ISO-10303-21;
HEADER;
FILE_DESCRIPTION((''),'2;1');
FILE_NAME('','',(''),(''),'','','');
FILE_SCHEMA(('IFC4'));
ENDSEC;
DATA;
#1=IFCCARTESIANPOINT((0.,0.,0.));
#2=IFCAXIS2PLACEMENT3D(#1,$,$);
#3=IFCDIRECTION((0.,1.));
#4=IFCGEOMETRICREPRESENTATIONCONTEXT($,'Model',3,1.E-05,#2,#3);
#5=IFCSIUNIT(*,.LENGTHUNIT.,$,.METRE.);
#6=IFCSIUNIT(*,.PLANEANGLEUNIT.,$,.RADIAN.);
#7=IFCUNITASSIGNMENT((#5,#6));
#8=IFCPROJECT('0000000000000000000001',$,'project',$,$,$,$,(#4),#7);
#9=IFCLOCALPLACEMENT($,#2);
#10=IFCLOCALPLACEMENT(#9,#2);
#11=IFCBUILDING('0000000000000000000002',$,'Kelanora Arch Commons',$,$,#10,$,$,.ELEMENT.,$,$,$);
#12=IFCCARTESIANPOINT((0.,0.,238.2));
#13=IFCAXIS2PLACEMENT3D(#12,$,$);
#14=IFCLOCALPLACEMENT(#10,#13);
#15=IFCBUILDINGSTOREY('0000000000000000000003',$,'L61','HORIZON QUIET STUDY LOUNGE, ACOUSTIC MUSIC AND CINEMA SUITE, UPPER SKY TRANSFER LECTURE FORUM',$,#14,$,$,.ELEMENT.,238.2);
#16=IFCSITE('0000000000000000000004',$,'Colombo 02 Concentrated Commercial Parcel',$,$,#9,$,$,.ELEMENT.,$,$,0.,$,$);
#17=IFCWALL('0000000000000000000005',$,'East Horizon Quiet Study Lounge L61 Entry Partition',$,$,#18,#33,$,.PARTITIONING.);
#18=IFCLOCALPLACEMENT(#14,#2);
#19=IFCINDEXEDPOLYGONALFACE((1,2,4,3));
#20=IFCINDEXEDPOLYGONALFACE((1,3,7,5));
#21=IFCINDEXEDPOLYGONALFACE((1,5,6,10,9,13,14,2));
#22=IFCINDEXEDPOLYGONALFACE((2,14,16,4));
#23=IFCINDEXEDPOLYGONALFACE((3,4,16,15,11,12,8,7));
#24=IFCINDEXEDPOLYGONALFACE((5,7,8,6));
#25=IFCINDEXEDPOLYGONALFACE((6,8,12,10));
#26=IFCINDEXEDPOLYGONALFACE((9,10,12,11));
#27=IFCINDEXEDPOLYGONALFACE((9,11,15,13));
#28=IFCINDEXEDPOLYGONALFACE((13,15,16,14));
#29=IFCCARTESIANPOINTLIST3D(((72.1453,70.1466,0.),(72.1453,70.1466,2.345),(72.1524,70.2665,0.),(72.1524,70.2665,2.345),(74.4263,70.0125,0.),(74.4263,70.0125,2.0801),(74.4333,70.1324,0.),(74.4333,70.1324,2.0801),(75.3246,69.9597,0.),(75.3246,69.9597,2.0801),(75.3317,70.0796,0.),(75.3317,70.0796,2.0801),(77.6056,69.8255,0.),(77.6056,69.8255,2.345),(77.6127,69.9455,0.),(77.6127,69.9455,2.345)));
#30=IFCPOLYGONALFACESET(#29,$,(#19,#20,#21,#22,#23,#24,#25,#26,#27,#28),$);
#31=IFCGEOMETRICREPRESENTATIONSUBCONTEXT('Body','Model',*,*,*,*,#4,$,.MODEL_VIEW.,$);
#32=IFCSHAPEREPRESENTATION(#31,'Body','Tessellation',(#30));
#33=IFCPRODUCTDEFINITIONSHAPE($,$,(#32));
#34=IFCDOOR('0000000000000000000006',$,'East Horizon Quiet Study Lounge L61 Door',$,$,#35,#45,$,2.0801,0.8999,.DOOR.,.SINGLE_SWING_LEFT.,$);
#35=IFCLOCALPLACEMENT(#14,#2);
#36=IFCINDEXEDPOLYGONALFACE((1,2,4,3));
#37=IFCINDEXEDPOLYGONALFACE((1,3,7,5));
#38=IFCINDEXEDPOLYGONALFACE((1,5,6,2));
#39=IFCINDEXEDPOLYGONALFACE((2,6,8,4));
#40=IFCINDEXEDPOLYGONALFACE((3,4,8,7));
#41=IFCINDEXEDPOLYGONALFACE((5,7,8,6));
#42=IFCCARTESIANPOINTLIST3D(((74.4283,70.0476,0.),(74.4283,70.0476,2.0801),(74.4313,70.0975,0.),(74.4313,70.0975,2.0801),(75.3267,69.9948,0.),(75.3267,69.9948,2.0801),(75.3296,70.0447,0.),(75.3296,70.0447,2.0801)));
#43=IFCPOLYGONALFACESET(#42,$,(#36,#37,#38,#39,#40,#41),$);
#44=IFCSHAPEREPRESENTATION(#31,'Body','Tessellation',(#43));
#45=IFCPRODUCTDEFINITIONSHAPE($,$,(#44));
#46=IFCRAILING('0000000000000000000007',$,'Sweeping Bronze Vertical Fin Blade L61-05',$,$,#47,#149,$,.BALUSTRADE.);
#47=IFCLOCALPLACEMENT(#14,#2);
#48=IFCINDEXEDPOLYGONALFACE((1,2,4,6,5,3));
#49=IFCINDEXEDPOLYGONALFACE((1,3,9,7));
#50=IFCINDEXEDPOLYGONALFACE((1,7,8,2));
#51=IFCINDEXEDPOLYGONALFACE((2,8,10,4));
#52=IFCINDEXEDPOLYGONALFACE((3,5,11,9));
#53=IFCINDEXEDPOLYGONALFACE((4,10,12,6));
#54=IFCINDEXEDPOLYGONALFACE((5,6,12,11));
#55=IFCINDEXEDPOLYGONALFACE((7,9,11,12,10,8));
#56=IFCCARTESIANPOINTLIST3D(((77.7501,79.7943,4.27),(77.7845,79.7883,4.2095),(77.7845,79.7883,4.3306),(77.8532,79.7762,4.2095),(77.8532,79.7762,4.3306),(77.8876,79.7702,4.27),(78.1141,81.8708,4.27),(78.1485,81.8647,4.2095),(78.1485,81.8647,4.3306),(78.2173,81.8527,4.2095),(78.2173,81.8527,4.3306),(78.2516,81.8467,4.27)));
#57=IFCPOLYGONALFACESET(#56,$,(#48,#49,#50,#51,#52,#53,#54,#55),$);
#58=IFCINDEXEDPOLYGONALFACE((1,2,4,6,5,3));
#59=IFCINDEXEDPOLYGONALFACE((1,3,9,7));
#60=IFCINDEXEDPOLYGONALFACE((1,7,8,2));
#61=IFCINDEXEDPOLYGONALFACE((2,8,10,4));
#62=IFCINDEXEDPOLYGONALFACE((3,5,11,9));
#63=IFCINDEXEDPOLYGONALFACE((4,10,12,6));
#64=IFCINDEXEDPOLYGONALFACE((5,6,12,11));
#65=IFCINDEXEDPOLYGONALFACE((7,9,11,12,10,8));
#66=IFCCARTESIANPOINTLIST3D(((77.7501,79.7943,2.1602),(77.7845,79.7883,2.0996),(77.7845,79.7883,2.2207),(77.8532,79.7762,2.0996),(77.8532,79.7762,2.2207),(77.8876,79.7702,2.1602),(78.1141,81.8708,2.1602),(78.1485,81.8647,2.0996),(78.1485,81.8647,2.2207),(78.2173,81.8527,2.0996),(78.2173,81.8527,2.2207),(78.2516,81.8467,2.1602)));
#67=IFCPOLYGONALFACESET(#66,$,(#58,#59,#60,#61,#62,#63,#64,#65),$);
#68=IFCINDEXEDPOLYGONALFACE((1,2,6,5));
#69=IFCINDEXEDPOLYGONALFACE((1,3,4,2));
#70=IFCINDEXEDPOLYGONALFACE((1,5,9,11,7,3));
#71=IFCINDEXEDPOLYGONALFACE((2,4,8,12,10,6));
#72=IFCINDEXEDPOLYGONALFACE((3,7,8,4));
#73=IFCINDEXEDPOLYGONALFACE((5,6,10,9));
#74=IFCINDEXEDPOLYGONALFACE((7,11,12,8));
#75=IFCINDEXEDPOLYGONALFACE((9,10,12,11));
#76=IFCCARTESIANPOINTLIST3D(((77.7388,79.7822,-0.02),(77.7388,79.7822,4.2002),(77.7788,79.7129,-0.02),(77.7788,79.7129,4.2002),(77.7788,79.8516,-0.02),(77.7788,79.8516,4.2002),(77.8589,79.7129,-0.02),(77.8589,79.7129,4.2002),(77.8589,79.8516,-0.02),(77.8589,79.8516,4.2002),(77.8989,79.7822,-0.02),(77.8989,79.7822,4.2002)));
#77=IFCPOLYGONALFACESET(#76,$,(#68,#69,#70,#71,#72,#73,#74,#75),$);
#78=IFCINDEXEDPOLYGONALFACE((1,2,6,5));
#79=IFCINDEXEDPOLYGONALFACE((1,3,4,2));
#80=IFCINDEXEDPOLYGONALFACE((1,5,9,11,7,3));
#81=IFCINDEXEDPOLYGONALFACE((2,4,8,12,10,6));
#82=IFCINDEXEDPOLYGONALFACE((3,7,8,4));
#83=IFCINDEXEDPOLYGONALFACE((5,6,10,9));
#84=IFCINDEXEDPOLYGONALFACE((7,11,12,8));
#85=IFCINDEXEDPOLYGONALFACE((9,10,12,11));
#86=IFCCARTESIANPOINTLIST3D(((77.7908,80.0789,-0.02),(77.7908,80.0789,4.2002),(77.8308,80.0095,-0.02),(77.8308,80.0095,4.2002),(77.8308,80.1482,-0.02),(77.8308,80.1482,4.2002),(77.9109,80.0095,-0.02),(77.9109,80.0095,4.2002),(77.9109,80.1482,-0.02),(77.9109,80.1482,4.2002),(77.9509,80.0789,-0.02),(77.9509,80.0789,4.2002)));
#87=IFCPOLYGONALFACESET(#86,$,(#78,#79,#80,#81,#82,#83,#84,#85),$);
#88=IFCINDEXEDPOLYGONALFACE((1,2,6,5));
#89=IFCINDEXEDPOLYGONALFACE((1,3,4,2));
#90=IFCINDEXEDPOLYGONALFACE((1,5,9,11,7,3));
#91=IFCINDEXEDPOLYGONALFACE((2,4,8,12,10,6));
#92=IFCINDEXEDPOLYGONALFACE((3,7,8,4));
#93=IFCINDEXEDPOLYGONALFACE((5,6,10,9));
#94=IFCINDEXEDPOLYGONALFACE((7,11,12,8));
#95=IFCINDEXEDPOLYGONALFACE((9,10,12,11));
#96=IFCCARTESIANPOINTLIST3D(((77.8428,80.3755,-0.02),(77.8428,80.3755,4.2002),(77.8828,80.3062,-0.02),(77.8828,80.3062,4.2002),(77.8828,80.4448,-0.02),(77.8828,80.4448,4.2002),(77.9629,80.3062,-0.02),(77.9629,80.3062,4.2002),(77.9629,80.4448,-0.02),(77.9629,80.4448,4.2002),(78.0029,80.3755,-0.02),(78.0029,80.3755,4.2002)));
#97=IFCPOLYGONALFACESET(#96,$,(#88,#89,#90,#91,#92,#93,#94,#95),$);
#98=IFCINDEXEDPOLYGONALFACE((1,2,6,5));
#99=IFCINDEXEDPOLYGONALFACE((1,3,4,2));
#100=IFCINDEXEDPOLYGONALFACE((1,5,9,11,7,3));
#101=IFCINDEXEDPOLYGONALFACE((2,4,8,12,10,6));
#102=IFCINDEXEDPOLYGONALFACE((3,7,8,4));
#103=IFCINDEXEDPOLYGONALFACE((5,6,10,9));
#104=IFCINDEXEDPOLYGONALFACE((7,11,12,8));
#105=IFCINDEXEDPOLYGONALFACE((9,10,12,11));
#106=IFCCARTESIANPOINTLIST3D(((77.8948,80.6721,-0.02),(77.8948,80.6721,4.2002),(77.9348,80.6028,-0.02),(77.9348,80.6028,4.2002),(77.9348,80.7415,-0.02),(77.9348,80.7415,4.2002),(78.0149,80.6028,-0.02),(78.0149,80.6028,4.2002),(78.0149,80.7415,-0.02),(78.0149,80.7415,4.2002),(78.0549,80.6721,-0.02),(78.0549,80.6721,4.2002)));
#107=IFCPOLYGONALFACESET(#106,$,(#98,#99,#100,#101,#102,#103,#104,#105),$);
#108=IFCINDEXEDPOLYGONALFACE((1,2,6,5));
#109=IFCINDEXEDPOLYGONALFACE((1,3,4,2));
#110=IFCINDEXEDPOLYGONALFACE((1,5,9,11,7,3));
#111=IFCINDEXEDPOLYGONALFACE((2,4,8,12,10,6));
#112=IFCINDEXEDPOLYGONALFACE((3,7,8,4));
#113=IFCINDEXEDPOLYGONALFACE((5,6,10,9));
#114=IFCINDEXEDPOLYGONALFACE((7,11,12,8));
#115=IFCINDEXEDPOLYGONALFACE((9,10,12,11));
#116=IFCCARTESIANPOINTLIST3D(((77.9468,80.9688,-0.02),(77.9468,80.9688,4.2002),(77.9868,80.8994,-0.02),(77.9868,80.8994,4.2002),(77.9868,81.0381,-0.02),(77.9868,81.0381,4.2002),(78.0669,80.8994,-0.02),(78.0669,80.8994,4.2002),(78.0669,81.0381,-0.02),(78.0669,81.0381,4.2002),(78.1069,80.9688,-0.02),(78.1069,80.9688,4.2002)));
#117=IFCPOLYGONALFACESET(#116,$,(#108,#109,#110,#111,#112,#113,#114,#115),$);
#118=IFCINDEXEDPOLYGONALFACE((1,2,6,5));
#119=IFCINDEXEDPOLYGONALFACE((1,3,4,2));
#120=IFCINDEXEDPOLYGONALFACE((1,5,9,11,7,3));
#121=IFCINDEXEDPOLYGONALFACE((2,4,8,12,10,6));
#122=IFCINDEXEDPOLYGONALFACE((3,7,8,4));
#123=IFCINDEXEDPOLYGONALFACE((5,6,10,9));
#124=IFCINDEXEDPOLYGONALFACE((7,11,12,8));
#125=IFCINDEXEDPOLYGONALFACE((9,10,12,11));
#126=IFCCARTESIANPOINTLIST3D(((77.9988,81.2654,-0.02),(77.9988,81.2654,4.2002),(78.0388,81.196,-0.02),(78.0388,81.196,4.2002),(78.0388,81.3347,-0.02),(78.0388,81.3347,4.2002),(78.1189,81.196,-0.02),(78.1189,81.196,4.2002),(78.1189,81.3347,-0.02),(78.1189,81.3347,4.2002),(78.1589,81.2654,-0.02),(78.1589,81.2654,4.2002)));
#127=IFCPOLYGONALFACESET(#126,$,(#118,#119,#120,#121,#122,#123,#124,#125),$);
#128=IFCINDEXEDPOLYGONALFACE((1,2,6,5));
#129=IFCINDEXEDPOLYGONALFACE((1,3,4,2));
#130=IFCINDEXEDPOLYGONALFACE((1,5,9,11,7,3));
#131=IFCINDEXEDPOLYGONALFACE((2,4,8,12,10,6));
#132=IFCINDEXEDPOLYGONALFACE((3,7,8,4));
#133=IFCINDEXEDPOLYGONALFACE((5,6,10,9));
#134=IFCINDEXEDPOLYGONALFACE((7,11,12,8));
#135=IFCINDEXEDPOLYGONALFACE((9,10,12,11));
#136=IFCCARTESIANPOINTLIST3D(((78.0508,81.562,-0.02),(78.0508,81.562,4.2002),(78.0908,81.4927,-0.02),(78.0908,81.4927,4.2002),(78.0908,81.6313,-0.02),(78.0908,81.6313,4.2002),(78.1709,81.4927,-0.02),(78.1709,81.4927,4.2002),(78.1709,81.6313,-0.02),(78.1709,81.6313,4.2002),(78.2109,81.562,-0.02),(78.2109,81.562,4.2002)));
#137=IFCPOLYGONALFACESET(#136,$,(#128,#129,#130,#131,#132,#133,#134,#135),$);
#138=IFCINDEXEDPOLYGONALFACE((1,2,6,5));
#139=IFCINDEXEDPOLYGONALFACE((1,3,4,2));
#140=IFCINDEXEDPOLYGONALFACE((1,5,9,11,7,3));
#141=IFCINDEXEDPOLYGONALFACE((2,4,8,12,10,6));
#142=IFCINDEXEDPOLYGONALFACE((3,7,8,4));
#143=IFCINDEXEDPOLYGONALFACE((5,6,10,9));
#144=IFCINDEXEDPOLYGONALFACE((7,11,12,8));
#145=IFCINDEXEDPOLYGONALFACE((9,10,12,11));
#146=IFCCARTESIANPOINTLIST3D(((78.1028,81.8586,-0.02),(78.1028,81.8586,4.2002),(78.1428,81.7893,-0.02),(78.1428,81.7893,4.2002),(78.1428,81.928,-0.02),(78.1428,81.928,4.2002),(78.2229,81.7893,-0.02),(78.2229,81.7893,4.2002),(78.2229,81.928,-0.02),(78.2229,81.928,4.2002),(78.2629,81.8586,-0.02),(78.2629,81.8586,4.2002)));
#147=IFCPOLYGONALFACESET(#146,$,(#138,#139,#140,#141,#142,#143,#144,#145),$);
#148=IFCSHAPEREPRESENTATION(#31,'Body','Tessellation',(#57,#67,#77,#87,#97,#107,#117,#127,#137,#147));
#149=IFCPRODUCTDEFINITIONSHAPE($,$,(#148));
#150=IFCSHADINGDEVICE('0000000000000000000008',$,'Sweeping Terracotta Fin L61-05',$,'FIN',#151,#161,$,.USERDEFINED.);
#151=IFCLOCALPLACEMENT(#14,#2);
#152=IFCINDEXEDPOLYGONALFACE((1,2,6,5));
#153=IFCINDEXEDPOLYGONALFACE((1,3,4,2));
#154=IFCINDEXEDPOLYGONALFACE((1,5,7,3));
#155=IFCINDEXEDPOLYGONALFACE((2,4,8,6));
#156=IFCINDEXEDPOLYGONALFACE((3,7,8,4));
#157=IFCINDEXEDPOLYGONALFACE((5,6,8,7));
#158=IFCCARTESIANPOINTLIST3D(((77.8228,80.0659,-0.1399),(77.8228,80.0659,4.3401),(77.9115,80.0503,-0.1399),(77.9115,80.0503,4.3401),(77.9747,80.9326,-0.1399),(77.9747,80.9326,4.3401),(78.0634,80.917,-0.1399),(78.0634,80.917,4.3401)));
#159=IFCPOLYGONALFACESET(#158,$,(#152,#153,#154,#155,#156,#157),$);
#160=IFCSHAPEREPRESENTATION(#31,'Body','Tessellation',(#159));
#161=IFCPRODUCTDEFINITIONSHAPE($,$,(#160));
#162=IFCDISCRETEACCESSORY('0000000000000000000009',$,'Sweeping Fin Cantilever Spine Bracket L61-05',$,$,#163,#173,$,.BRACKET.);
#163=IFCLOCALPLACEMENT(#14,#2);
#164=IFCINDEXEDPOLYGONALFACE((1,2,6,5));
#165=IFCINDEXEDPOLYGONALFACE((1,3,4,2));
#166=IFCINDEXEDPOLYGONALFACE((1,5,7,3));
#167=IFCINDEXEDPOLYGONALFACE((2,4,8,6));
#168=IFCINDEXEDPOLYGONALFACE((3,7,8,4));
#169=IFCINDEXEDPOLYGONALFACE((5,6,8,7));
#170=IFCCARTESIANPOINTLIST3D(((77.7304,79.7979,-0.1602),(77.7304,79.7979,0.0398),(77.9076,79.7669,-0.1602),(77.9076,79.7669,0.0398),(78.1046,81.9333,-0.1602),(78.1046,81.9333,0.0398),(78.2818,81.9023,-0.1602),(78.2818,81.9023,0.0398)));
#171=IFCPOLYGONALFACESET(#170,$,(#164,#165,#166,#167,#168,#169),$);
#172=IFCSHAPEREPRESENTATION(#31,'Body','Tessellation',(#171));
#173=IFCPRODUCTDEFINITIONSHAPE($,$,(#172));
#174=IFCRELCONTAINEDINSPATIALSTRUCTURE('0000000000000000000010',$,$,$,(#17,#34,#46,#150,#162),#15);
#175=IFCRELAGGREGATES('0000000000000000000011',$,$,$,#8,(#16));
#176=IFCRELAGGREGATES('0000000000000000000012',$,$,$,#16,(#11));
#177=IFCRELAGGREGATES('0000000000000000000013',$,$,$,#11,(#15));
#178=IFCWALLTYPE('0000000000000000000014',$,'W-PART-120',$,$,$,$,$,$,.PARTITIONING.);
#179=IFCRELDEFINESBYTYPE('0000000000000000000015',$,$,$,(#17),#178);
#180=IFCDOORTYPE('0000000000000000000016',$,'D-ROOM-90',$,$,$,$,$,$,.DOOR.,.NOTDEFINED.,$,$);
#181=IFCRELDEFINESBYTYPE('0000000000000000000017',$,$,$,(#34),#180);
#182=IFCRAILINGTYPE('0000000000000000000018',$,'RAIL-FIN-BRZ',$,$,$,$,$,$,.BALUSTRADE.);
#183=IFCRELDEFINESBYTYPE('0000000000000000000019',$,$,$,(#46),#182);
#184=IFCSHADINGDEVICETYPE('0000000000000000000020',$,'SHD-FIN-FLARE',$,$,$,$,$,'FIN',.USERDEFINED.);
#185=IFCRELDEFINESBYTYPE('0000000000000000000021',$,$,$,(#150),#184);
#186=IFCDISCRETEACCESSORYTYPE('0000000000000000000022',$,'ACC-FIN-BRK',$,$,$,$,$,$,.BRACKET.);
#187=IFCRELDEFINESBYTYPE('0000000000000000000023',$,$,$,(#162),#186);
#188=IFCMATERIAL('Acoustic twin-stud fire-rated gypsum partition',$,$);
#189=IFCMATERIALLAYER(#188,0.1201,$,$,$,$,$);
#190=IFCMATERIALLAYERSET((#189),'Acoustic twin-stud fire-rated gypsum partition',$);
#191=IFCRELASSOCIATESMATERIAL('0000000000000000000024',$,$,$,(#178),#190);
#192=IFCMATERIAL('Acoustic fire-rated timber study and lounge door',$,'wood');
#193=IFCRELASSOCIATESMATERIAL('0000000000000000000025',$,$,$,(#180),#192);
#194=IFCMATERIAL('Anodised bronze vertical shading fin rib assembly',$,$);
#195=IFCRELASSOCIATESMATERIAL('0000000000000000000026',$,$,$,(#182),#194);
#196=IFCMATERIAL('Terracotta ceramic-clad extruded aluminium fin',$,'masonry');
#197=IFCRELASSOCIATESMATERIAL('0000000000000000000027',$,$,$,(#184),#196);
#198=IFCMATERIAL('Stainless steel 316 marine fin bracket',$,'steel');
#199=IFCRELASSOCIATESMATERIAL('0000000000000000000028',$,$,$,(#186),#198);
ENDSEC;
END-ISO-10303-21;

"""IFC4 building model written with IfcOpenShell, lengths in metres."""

from ifc_helpers import new_model, si_unit, direction, frame, frame_2d, origin, origin_2d, place, context, subcontext, project, spatial, polyline, rectangle, outline, extrude, source, transform, mapped, material, layer, layer_set, type_object, element, fill, save


model = new_model("IFC4")

# Units and contexts
model_context = context("Model", 3, precision=1e-05, world=origin(), true_north=direction((0.0, 1.0)))
body_context = subcontext(model_context, "Body", "Model", "MODEL_VIEW")
ifc_project = project(units=[si_unit("LENGTHUNIT", "METRE"), si_unit("PLANEANGLEUNIT", "RADIAN")], contexts=[model_context])

# Site, building, storey
site_placement = place(None, origin())
site = spatial("IfcSite", under=ifc_project, at=site_placement, Name="Colombo 02 Concentrated Commercial Parcel", CompositionType="ELEMENT", RefElevation=0.0)
building_placement = place(site_placement, origin())
building = spatial("IfcBuilding", under=site, at=building_placement, Name="Kelanora Arch Commons", CompositionType="ELEMENT")
storey_placement = place(building_placement, frame((0.0, 0.0, 238.2)))
storey = spatial("IfcBuildingStorey", under=building, at=storey_placement, Name="L61", Description="HORIZON QUIET STUDY LOUNGE, ACOUSTIC MUSIC AND CINEMA SUITE, UPPER SKY TRANSFER LECTURE FORUM", CompositionType="ELEMENT", Elevation=238.2)

# Wall, opening, door
ifc_material_1 = material(Name="Acoustic twin-stud fire-rated gypsum partition")
ifc_layer_1 = layer(ifc_material_1, 0.1201)
ifc_layer_set_1 = layer_set([ifc_layer_1], Name="Acoustic twin-stud fire-rated gypsum partition")
wall_type_1 = type_object("IfcWallType", Name="W-PART-120", PredefinedType="PARTITIONING", material=ifc_layer_set_1)
wall_1_placement = place(storey_placement, frame((77.6091, 69.8855, 0.0), z_axis=(0.0, 0.0, 1.0), x_axis=(-0.998276, 0.058696, 0.0)))
wall_1 = element("IfcWall", 1, at=wall_1_placement, inside=storey, type_object=wall_type_1, Name="East Horizon Quiet Study Lounge L61 Entry Partition", PredefinedType="PARTITIONING", context=body_context, shape_type="SweptSolid", body=[
    extrude(rectangle(XDim=5.4697, YDim=0.1201, at=frame_2d((2.7349, 0.0))), origin(), (0.0, 0.0, 1.0), 2.345),
])
opening_1_placement = place(wall_1_placement, frame((2.2849, 0.0, 0.0)))
opening_1 = element("IfcOpeningElement", 2, at=opening_1_placement, cuts=wall_1, PredefinedType="OPENING", context=body_context, shape_type="SweptSolid", body=[
    extrude(rectangle(XDim=0.8999, YDim=2.0801, at=frame_2d((0.45, 1.04))), frame((0.0, 0.0701, 0.0), z_axis=(0.0, -1.0, 0.0), x_axis=(1.0, 0.0, 0.0)), (0.0, 0.0, 1.0), 0.1401),
])
ifc_material_2 = material(Name="Acoustic fire-rated timber study and lounge door", Category="wood")
door_type = type_object("IfcDoorType", Name="D-ROOM-90", OperationType="NOTDEFINED", PredefinedType="DOOR", material=ifc_material_2)
door_placement = place(opening_1_placement, origin())
door = element("IfcDoor", 3, at=door_placement, inside=storey, type_object=door_type, Name="East Horizon Quiet Study Lounge L61 Door", OperationType="SINGLE_SWING_LEFT", OverallHeight=2.0801, OverallWidth=0.8999, PredefinedType="DOOR", context=body_context, shape_type="SweptSolid", body=[
    extrude(rectangle(XDim=0.8999, YDim=2.0801, at=frame_2d((0.45, 1.04))), frame((0.0, 0.0249, 0.0), z_axis=(0.0, -1.0, 0.0), x_axis=(1.0, 0.0, 0.0)), (0.0, 0.0, 1.0), 0.05),
])
fill(opening_1, door)

# Railing
ifc_material_3 = material(Name="Anodised bronze vertical shading fin rib assembly")
railing_type = type_object("IfcRailingType", Name="RAIL-FIN-BRZ", PredefinedType="BALUSTRADE", material=ifc_material_3)
railing_placement = place(storey_placement, frame((77.8188, 79.7822, -0.02)))
element("IfcRailing", 4, at=railing_placement, inside=storey, type_object=railing_type, Name="Sweeping Bronze Vertical Fin Blade L61-05", PredefinedType="BALUSTRADE", context=body_context, shape_type="SweptSolid", body=[
    extrude(outline(polyline([(0.0698, 0.0), (0.0349, 0.0605), (-0.0349, 0.0605), (-0.0698, 0.0), (-0.0349, -0.0605), (0.0349, -0.0605), (0.0698, 0.0)])), frame((0.0, 0.0, 4.29), z_axis=(0.172675, 0.984979, 0.0), x_axis=(-0.984979, 0.172675, 0.0)), (0.0, 0.0, 1.0), 2.1082),
    extrude(outline(polyline([(0.0698, 0.0), (0.0349, 0.0605), (-0.0349, 0.0605), (-0.0698, 0.0), (-0.0349, -0.0605), (0.0349, -0.0605), (0.0698, 0.0)])), frame((0.0, 0.0, 2.1802), z_axis=(0.172675, 0.984979, 0.0), x_axis=(-0.984979, 0.172675, 0.0)), (0.0, 0.0, 1.0), 2.1082),
    extrude(outline(polyline([(0.0801, 0.0), (0.04, 0.0693), (-0.04, 0.0693), (-0.0801, 0.0), (-0.04, -0.0693), (0.04, -0.0693), (0.0801, 0.0)])), origin(), (0.0, 0.0, 1.0), 4.2202),
    extrude(outline(polyline([(0.0801, 0.0), (0.04, 0.0693), (-0.04, 0.0693), (-0.0801, 0.0), (-0.04, -0.0693), (0.04, -0.0693), (0.0801, 0.0)])), frame((0.052, 0.2966, 0.0)), (0.0, 0.0, 1.0), 4.2202),
    extrude(outline(polyline([(0.0801, 0.0), (0.04, 0.0693), (-0.04, 0.0693), (-0.0801, 0.0), (-0.04, -0.0693), (0.04, -0.0693), (0.0801, 0.0)])), frame((0.104, 0.5933, 0.0)), (0.0, 0.0, 1.0), 4.2202),
    extrude(outline(polyline([(0.0801, 0.0), (0.04, 0.0693), (-0.04, 0.0693), (-0.0801, 0.0), (-0.04, -0.0693), (0.04, -0.0693), (0.0801, 0.0)])), frame((0.156, 0.8899, 0.0)), (0.0, 0.0, 1.0), 4.2202),
    extrude(outline(polyline([(0.0801, 0.0), (0.04, 0.0693), (-0.04, 0.0693), (-0.0801, 0.0), (-0.04, -0.0693), (0.04, -0.0693), (0.0801, 0.0)])), frame((0.208, 1.1865, 0.0)), (0.0, 0.0, 1.0), 4.2202),
    extrude(outline(polyline([(0.0801, 0.0), (0.04, 0.0693), (-0.04, 0.0693), (-0.0801, 0.0), (-0.04, -0.0693), (0.04, -0.0693), (0.0801, 0.0)])), frame((0.26, 1.4832, 0.0)), (0.0, 0.0, 1.0), 4.2202),
    extrude(outline(polyline([(0.0801, 0.0), (0.04, 0.0693), (-0.04, 0.0693), (-0.0801, 0.0), (-0.04, -0.0693), (0.04, -0.0693), (0.0801, 0.0)])), frame((0.312, 1.7798, 0.0)), (0.0, 0.0, 1.0), 4.2202),
    extrude(outline(polyline([(0.0801, 0.0), (0.04, 0.0693), (-0.04, 0.0693), (-0.0801, 0.0), (-0.04, -0.0693), (0.04, -0.0693), (0.0801, 0.0)])), frame((0.364, 2.0764, 0.0)), (0.0, 0.0, 1.0), 4.2202),
])

# Shading device
ifc_material_4 = material(Name="Terracotta ceramic-clad extruded aluminium fin", Category="masonry")
shading_device_type = type_object("IfcShadingDeviceType", Name="SHD-FIN-FLARE", ElementType="FIN", PredefinedType="USERDEFINED", material=ifc_material_4)
shared_shape_1 = source(origin(), body_context, "Body", "SweptSolid", [
    extrude(rectangle(XDim=0.8799, YDim=0.0901, at=origin_2d()), origin(), (0.0, 0.0, 1.0), 4.48),
])
shading_device_placement = place(storey_placement, frame((77.9431, 80.4915, -0.1399), z_axis=(0.0, 0.0, 1.0), x_axis=(0.172617, 0.984989, 0.0)))
element("IfcShadingDevice", 5, at=shading_device_placement, inside=storey, type_object=shading_device_type, Name="Sweeping Terracotta Fin L61-05", ObjectType="FIN", PredefinedType="USERDEFINED", context=body_context, shape_type="MappedRepresentation", body=[
    mapped(shared_shape_1, transform((0.0, 0.0, 0.0), scale=1.0)),
])

# Discrete accessory
ifc_material_5 = material(Name="Stainless steel 316 marine fin bracket", Category="steel")
discrete_accessory_type = type_object("IfcDiscreteAccessoryType", Name="ACC-FIN-BRK", PredefinedType="BRACKET", material=ifc_material_5)
shared_shape_2 = source(origin(), body_context, "Body", "SweptSolid", [
    extrude(rectangle(XDim=2.168, YDim=0.1799, at=origin_2d()), origin(), (0.0, 0.0, 1.0), 0.2),
])
discrete_accessory_placement = place(storey_placement, frame((78.0061, 80.8501, -0.1602), z_axis=(0.0, 0.0, 1.0), x_axis=(0.172617, 0.984989, 0.0)))
element("IfcDiscreteAccessory", 6, at=discrete_accessory_placement, inside=storey, type_object=discrete_accessory_type, Name="Sweeping Fin Cantilever Spine Bracket L61-05", PredefinedType="BRACKET", context=body_context, shape_type="MappedRepresentation", body=[
    mapped(shared_shape_2, transform((0.0, 0.0, 0.0), scale=1.0)),
])

save(model, "model.ifc")
